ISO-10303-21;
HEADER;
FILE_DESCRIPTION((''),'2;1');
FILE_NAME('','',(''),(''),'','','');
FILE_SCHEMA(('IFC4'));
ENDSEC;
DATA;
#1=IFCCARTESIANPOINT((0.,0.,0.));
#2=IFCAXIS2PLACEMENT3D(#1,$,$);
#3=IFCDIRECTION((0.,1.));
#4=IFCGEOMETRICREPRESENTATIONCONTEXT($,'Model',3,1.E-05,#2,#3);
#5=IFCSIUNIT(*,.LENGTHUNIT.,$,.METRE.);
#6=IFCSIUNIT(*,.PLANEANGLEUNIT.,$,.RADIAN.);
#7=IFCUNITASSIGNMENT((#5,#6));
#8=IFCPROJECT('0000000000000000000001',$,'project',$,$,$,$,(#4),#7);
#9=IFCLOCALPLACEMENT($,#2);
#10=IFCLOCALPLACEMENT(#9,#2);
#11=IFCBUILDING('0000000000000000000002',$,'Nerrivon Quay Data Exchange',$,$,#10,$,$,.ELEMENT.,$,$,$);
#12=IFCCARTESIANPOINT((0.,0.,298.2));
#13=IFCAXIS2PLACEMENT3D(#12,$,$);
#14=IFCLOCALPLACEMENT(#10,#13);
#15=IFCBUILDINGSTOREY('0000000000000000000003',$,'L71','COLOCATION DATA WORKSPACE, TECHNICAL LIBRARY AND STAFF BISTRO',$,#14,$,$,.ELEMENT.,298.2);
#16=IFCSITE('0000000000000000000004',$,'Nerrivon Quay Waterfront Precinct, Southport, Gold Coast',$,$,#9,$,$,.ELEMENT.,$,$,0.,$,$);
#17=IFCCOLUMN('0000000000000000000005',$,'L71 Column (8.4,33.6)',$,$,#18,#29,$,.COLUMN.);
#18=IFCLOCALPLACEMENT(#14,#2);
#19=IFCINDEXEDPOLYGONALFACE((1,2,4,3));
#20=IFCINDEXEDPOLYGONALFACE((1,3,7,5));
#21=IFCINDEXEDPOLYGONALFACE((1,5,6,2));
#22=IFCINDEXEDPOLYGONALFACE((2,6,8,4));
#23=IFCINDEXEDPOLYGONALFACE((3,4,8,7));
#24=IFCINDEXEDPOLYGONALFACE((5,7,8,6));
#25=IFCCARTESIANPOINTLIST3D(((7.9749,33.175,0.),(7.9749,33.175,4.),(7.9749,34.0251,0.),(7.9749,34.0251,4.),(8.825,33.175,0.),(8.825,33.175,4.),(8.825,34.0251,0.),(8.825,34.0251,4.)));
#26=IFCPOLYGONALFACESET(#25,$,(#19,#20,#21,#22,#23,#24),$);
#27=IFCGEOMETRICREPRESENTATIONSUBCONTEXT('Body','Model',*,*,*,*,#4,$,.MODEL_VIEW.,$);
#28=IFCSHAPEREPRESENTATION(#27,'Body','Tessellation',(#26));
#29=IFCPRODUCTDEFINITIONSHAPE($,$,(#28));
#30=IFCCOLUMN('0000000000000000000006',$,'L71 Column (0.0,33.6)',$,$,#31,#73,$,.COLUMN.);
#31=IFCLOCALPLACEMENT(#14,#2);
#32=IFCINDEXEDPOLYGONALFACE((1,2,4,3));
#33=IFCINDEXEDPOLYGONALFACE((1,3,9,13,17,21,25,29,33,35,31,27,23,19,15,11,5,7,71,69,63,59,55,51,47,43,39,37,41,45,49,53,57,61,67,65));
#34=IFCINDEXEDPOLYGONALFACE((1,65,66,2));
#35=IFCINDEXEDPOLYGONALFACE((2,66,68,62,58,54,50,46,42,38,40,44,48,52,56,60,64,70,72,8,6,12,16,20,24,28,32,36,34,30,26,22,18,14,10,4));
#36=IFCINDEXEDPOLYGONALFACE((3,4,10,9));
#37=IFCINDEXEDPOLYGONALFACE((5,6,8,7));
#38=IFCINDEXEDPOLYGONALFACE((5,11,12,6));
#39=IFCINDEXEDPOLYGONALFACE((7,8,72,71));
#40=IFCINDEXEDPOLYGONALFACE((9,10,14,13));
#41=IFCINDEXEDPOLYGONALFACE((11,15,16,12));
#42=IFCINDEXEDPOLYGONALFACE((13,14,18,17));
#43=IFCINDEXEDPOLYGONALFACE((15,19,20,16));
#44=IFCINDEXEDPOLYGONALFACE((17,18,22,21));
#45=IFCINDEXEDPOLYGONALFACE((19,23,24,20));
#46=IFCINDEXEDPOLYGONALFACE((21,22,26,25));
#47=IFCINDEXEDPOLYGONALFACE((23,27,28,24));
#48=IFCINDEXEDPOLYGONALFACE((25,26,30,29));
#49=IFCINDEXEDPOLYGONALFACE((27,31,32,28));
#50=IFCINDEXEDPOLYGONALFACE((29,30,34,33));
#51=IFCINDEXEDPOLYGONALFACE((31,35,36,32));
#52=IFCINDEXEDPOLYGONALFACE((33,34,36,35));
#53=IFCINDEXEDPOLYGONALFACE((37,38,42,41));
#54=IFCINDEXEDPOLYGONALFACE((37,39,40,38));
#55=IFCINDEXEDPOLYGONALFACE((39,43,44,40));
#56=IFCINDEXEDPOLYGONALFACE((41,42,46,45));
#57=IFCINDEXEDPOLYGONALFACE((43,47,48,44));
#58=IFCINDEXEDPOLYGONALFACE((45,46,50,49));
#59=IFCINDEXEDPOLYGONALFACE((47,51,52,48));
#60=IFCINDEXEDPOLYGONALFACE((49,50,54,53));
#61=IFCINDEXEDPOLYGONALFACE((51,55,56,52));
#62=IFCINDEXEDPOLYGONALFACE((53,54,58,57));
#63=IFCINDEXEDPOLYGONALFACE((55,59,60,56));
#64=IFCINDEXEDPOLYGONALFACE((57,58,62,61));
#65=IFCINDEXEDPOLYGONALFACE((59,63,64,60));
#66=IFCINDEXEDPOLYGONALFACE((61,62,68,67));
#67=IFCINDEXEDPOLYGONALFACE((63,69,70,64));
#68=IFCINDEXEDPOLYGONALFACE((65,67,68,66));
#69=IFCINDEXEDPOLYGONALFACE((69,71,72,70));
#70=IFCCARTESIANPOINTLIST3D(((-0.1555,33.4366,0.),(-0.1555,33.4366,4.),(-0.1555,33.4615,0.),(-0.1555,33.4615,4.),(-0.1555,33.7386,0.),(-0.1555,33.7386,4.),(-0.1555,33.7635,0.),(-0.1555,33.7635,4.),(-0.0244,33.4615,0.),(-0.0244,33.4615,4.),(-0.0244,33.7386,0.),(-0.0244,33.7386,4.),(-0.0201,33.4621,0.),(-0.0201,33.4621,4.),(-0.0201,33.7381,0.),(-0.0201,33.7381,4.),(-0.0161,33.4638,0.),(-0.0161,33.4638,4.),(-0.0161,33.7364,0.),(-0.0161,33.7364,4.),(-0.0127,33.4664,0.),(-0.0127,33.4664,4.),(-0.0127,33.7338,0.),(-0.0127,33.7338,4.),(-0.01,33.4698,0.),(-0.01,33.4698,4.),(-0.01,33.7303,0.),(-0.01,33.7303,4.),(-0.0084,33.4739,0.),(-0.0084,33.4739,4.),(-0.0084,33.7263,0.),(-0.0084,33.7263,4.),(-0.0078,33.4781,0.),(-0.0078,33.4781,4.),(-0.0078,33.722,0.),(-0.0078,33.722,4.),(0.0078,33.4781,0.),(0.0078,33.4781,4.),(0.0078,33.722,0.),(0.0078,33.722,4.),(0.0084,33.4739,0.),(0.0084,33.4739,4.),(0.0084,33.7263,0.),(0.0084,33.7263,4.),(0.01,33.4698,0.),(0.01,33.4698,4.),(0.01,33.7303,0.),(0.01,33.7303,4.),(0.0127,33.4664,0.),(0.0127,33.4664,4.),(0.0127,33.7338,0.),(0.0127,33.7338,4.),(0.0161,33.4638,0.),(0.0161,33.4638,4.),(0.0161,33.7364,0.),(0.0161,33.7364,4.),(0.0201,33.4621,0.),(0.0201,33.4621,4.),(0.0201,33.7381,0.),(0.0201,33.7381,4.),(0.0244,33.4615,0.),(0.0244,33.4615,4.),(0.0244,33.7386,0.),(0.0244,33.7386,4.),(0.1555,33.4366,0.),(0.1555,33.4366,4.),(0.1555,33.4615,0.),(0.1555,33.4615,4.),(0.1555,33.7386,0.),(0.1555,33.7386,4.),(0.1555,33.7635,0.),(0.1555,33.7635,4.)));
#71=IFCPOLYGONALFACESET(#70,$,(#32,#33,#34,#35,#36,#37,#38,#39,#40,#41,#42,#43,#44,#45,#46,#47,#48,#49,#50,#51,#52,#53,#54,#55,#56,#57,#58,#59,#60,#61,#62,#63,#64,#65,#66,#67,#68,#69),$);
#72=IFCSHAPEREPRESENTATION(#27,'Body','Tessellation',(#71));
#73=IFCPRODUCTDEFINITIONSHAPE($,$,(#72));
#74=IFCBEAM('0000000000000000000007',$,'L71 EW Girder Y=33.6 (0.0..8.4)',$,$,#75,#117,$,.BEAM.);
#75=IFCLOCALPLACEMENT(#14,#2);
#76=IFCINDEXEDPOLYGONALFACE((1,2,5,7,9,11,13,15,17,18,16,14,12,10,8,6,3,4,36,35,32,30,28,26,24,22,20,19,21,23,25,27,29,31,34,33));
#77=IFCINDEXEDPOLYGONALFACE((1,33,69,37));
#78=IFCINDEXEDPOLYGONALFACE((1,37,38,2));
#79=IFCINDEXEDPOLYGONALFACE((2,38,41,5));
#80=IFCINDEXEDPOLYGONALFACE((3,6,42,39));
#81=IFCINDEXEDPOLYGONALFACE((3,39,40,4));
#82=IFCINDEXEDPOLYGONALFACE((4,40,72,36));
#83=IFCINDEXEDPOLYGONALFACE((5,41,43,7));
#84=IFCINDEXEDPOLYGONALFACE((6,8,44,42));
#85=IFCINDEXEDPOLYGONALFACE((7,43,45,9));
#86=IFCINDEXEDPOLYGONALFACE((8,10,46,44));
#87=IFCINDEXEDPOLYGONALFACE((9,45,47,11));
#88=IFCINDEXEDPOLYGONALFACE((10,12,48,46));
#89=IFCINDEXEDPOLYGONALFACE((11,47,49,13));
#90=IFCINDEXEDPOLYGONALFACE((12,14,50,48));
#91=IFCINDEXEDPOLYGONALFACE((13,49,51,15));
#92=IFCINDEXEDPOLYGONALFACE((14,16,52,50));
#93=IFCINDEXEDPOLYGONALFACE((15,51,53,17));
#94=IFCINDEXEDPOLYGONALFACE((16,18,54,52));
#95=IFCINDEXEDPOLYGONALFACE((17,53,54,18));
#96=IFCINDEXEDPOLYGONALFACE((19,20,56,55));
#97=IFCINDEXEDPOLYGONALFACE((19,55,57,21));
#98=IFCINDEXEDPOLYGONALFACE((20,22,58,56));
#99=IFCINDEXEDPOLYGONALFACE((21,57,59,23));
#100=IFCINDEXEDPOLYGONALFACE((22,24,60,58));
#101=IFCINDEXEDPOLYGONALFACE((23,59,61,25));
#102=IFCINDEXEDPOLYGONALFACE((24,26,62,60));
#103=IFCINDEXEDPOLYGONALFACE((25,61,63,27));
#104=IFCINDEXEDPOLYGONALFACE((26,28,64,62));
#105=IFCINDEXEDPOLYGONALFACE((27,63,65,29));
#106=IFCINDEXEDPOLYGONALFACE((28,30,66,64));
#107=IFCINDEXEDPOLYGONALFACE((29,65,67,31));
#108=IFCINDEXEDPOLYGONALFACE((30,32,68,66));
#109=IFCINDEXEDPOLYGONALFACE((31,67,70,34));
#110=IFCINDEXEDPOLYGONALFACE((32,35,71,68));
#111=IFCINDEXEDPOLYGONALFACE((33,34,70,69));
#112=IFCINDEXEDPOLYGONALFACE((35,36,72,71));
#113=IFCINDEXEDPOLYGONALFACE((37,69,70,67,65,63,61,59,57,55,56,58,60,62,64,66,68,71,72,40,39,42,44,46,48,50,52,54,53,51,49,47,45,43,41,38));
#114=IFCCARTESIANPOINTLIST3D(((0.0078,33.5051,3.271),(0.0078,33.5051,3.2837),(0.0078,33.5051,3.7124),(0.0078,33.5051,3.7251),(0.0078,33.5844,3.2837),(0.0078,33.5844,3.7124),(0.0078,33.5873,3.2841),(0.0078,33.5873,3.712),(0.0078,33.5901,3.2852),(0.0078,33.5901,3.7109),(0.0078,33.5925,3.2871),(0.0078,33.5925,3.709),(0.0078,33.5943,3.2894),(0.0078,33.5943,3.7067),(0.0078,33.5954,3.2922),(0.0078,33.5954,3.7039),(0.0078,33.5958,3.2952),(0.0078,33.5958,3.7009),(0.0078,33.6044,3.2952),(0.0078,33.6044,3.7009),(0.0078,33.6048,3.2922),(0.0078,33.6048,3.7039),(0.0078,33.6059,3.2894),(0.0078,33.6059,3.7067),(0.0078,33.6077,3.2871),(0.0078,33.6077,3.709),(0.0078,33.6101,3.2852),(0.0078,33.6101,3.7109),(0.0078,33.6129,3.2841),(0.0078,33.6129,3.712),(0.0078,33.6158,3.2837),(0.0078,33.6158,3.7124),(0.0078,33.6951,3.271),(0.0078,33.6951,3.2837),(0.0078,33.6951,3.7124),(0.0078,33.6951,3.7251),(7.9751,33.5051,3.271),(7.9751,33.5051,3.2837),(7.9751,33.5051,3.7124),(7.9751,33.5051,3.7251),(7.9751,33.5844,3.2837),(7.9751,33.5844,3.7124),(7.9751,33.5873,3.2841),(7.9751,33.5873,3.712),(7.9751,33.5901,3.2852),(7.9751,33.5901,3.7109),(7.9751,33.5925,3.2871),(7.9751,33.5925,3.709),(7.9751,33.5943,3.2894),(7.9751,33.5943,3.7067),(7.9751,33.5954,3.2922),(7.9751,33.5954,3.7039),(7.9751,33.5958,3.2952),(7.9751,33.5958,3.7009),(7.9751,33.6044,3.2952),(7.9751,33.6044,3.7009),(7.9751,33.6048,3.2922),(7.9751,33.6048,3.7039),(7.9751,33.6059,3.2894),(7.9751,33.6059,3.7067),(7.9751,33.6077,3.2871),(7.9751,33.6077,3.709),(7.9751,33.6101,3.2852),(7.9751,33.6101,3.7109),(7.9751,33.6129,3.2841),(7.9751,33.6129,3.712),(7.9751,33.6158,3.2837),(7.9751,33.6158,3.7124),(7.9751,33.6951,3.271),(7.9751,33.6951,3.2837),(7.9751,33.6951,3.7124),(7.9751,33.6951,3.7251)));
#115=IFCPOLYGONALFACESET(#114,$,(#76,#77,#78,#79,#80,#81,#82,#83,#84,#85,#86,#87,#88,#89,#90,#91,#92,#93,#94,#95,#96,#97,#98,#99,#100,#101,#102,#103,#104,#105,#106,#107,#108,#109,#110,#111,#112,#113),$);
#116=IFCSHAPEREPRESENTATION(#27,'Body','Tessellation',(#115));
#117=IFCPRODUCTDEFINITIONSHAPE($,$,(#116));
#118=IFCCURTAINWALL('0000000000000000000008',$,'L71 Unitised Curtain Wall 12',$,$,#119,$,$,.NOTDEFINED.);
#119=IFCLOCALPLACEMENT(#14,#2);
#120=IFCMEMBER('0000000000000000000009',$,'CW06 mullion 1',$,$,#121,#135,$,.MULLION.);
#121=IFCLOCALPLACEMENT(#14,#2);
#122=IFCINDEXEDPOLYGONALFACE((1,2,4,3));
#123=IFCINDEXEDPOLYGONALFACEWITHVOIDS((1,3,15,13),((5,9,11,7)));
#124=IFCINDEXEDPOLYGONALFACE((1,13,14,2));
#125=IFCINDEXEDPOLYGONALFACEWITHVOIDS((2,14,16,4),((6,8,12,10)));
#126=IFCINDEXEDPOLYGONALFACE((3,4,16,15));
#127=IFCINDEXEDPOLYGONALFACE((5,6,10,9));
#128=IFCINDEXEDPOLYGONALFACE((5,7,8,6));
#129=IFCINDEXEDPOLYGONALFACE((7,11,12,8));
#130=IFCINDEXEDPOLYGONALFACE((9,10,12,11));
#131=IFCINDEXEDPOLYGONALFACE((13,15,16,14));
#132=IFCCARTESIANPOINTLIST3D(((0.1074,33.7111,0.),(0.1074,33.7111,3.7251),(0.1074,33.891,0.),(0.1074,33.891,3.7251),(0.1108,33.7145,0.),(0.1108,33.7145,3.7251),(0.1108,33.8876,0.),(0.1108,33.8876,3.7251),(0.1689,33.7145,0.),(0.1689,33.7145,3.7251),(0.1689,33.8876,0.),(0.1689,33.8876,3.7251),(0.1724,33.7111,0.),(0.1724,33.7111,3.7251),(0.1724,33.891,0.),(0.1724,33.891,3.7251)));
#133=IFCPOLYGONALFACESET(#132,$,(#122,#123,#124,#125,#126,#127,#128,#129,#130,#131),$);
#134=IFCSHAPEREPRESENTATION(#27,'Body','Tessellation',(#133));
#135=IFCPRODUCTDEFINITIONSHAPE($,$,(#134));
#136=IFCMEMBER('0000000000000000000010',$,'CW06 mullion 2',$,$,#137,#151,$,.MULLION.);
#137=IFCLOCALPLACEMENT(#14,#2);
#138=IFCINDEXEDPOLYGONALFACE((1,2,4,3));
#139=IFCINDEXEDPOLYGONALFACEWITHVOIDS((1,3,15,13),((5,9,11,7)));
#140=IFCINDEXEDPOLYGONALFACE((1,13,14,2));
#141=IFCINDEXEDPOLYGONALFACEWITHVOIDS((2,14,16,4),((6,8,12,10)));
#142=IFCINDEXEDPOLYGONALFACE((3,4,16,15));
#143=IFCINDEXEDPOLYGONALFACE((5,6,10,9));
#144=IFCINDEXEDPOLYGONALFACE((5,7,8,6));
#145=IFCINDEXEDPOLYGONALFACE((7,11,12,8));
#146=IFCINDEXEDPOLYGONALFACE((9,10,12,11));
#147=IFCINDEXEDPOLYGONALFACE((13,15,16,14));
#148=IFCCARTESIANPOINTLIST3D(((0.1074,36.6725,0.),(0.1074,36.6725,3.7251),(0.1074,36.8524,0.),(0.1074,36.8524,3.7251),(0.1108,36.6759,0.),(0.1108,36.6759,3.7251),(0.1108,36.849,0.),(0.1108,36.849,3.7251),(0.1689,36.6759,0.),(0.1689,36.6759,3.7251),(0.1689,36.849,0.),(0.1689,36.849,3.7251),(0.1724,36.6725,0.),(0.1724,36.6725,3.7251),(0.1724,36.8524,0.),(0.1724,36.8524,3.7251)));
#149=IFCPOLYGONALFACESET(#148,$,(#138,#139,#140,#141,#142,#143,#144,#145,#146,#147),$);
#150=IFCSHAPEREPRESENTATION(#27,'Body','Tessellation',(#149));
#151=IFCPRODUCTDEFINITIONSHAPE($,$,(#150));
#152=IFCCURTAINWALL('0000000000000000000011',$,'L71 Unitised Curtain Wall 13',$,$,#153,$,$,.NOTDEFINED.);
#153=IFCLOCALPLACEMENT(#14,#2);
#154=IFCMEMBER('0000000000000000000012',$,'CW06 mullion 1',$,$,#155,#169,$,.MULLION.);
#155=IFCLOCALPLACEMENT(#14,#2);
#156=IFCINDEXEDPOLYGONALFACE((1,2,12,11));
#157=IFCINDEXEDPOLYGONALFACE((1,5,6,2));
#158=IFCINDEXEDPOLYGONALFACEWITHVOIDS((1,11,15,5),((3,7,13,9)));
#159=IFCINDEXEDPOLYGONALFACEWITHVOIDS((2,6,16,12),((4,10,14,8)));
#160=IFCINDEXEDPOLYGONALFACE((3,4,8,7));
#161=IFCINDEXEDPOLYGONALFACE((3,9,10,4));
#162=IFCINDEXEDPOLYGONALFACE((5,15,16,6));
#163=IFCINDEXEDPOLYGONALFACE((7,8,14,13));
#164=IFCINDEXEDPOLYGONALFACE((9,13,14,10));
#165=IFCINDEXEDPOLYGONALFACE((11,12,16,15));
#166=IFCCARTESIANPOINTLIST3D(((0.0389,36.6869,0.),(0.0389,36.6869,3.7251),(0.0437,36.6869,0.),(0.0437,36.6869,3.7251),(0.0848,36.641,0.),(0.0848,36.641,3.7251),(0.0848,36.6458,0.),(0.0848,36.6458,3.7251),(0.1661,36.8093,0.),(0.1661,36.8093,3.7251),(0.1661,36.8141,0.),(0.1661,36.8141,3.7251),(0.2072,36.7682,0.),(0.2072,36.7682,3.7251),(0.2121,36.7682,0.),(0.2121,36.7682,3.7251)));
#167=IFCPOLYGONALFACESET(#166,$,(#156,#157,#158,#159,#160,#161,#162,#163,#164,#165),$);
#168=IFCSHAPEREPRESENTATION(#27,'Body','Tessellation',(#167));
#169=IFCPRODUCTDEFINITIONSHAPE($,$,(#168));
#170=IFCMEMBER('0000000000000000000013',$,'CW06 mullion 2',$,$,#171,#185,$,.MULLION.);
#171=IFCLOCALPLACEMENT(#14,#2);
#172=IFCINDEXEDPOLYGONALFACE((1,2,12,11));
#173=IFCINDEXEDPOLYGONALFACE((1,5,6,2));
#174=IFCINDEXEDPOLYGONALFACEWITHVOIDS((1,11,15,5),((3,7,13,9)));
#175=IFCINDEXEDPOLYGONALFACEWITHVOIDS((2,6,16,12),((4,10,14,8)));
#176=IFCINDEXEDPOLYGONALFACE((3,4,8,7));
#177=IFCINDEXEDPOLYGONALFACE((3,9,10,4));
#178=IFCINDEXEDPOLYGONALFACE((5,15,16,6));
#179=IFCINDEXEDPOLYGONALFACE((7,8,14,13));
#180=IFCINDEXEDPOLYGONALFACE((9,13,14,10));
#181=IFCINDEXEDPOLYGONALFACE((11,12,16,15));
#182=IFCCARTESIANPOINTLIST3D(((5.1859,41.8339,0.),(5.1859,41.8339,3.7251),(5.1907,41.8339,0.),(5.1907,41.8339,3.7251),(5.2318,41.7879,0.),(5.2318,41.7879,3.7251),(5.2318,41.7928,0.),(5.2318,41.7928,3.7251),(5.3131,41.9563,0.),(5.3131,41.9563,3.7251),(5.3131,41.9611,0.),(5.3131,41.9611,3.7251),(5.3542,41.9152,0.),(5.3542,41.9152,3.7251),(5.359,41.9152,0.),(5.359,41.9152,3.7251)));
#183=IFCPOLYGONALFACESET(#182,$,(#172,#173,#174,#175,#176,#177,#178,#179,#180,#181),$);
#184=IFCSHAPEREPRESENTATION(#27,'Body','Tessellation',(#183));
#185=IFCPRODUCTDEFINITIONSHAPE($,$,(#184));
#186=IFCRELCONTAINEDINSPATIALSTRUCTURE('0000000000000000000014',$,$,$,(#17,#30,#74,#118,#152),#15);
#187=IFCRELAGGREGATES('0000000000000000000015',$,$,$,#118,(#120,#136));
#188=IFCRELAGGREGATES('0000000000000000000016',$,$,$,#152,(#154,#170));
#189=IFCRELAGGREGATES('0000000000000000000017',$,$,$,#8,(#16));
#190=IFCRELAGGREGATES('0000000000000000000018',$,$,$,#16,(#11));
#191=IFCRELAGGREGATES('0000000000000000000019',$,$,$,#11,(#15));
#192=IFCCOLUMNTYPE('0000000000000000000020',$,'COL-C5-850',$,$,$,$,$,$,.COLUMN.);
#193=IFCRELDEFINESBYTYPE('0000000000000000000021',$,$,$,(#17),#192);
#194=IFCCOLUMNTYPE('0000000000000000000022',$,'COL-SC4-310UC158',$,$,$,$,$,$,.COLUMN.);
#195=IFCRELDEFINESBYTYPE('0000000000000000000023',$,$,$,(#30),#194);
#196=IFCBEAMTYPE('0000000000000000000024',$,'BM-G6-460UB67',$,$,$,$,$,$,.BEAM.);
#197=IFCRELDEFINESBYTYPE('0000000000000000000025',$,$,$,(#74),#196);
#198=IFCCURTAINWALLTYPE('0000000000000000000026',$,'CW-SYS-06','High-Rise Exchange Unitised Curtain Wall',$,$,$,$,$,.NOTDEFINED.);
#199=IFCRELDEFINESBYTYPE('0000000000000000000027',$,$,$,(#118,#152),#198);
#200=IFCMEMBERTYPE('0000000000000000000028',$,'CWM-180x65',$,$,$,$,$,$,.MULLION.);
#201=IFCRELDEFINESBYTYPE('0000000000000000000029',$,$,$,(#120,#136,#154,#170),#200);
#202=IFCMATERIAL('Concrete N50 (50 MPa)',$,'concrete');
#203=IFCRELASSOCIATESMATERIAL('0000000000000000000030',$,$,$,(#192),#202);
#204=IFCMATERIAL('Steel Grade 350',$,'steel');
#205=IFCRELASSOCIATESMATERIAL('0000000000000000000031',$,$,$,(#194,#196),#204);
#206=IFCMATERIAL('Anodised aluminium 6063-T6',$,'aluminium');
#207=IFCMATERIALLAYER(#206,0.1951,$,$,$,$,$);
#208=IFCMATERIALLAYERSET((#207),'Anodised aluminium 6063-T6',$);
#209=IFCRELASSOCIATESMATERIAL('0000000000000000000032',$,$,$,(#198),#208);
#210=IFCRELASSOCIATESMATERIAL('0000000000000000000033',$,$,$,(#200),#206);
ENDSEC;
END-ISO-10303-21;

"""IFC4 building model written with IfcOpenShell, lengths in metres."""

from ifc_helpers import new_model, si_unit, direction, frame, origin, origin_2d, place, context, subcontext, project, spatial, rectangle, hollow_rectangle, i_section, extrude, material, layer, layer_set, material_profile, profile_set, type_object, element, aggregate, save


model = new_model("IFC4")

# Units and contexts
model_context = context("Model", 3, precision=1e-05, world=origin(), true_north=direction((0.0, 1.0)))
body_context = subcontext(model_context, "Body", "Model", "MODEL_VIEW")
ifc_project = project(units=[si_unit("LENGTHUNIT", "METRE"), si_unit("PLANEANGLEUNIT", "RADIAN")], contexts=[model_context])

# Site, building, storey
site_placement = place(None, origin())
site = spatial("IfcSite", under=ifc_project, at=site_placement, Name="Nerrivon Quay Waterfront Precinct, Southport, Gold Coast", CompositionType="ELEMENT", RefElevation=0.0)
building_placement = place(site_placement, origin())
building = spatial("IfcBuilding", under=site, at=building_placement, Name="Nerrivon Quay Data Exchange", CompositionType="ELEMENT")
storey_placement = place(building_placement, frame((0.0, 0.0, 298.2)))
storey = spatial("IfcBuildingStorey", under=building, at=storey_placement, Name="L71", Description="COLOCATION DATA WORKSPACE, TECHNICAL LIBRARY AND STAFF BISTRO", CompositionType="ELEMENT", Elevation=298.2)

# Columns
ifc_material_1 = material(Name="Concrete N50 (50 MPa)", Category="concrete")
ifc_material_profile_1 = material_profile(ifc_material_1, rectangle(XDim=0.8501, YDim=0.8501, at=origin_2d()), Name="RC-COL-850x850")
ifc_profile_set_1 = profile_set([ifc_material_profile_1], Name="Concrete N50 (50 MPa)")
column_type_1 = type_object("IfcColumnType", Name="COL-C5-850", PredefinedType="COLUMN", material=ifc_profile_set_1)
column_1_placement = place(storey_placement, frame((8.3999, 33.6001, 0.0), z_axis=(0.0, 0.0, 1.0), x_axis=(1.0, 0.0, 0.0)))
element("IfcColumn", 1, at=column_1_placement, inside=storey, type_object=column_type_1, Name="L71 Column (8.4,33.6)", PredefinedType="COLUMN", context=body_context, shape_type="SweptSolid", body=[
    extrude(rectangle(XDim=0.8501, YDim=0.8501, at=origin_2d()), origin(), (0.0, 0.0, 1.0), 4.0),
])
ifc_material_2 = material(Name="Steel Grade 350", Category="steel")
ifc_material_profile_2 = material_profile(ifc_material_2, i_section(OverallWidth=0.311, OverallDepth=0.3269, WebThickness=0.0156, FlangeThickness=0.0249, FilletRadius=0.0166, at=origin_2d()), Name="310UC158")
ifc_profile_set_2 = profile_set([ifc_material_profile_2], Name="Steel Grade 350")
column_type_2 = type_object("IfcColumnType", Name="COL-SC4-310UC158", PredefinedType="COLUMN", material=ifc_profile_set_2)
column_2_placement = place(storey_placement, frame((0.0, 33.6001, 0.0), z_axis=(0.0, 0.0, 1.0), x_axis=(1.0, 0.0, 0.0)))
element("IfcColumn", 2, at=column_2_placement, inside=storey, type_object=column_type_2, Name="L71 Column (0.0,33.6)", PredefinedType="COLUMN", context=body_context, shape_type="SweptSolid", body=[
    extrude(i_section(OverallWidth=0.311, OverallDepth=0.3269, WebThickness=0.0156, FlangeThickness=0.0249, FilletRadius=0.0166, at=origin_2d()), origin(), (0.0, 0.0, 1.0), 4.0),
])

# Beam
ifc_material_profile_3 = material_profile(ifc_material_2, i_section(OverallWidth=0.1899, OverallDepth=0.4541, WebThickness=0.0085, FlangeThickness=0.0127, FilletRadius=0.0115, at=origin_2d()), Name="460UB67.1")
ifc_profile_set_3 = profile_set([ifc_material_profile_3], Name="Steel Grade 350")
beam_type = type_object("IfcBeamType", Name="BM-G6-460UB67", PredefinedType="BEAM", material=ifc_profile_set_3)
beam_placement = place(storey_placement, frame((0.0078, 33.6001, 3.498), z_axis=(1.0, 0.0, 0.0), x_axis=(0.0, 1.0, 0.0)))
element("IfcBeam", 3, at=beam_placement, inside=storey, type_object=beam_type, Name="L71 EW Girder Y=33.6 (0.0..8.4)", PredefinedType="BEAM", context=body_context, shape_type="SweptSolid", body=[
    extrude(i_section(OverallWidth=0.1899, OverallDepth=0.4541, WebThickness=0.0085, FlangeThickness=0.0127, FilletRadius=0.0115, at=origin_2d()), origin(), (0.0, 0.0, 1.0), 7.9673),
])

# Curtain walls, members
ifc_material_3 = material(Name="Anodised aluminium 6063-T6", Category="aluminium")
ifc_layer_1 = layer(ifc_material_3, 0.1951)
ifc_layer_set_1 = layer_set([ifc_layer_1], Name="Anodised aluminium 6063-T6")
curtain_wall_type = type_object("IfcCurtainWallType", Name="CW-SYS-06", Description="High-Rise Exchange Unitised Curtain Wall", PredefinedType="NOTDEFINED", material=ifc_layer_set_1)
curtain_wall_1_placement = place(storey_placement, origin())
curtain_wall_1 = element("IfcCurtainWall", 4, at=curtain_wall_1_placement, inside=storey, type_object=curtain_wall_type, Name="L71 Unitised Curtain Wall 12", PredefinedType="NOTDEFINED")
ifc_material_profile_4 = material_profile(ifc_material_3, hollow_rectangle(XDim=0.0649, YDim=0.1799, WallThickness=0.0034, at=origin_2d()), Name="ALU-MULL-180x65")
ifc_profile_set_4 = profile_set([ifc_material_profile_4], Name="Anodised aluminium 6063-T6")
member_type_1 = type_object("IfcMemberType", Name="CWM-180x65", PredefinedType="MULLION", material=ifc_profile_set_4)
member_1_placement = place(storey_placement, frame((0.1399, 33.801, 0.0), z_axis=(0.0, 0.0, 1.0), x_axis=(-1.0, 0.0, 0.0)))
member_1 = element("IfcMember", 5, at=member_1_placement, type_object=member_type_1, Name="CW06 mullion 1", PredefinedType="MULLION", context=body_context, shape_type="SweptSolid", body=[
    extrude(hollow_rectangle(XDim=0.0649, YDim=0.1799, WallThickness=0.0034, at=origin_2d()), origin(), (0.0, 0.0, 1.0), 3.7251),
])
member_2_placement = place(storey_placement, frame((0.1399, 36.7625, 0.0), z_axis=(0.0, 0.0, 1.0), x_axis=(-1.0, 0.0, 0.0)))
member_2 = element("IfcMember", 6, at=member_2_placement, type_object=member_type_1, Name="CW06 mullion 2", PredefinedType="MULLION", context=body_context, shape_type="SweptSolid", body=[
    extrude(hollow_rectangle(XDim=0.0649, YDim=0.1799, WallThickness=0.0034, at=origin_2d()), origin(), (0.0, 0.0, 1.0), 3.7251),
])
curtain_wall_2_placement = place(storey_placement, origin())
curtain_wall_2 = element("IfcCurtainWall", 7, at=curtain_wall_2_placement, inside=storey, type_object=curtain_wall_type, Name="L71 Unitised Curtain Wall 13", PredefinedType="NOTDEFINED")
member_3_placement = place(storey_placement, frame((0.1255, 36.7275, 0.0), z_axis=(0.0, 0.0, 1.0), x_axis=(-0.707107, 0.707107, 0.0)))
member_3 = element("IfcMember", 8, at=member_3_placement, type_object=member_type_1, Name="CW06 mullion 1", PredefinedType="MULLION", context=body_context, shape_type="SweptSolid", body=[
    extrude(hollow_rectangle(XDim=0.0649, YDim=0.1799, WallThickness=0.0034, at=origin_2d()), origin(), (0.0, 0.0, 1.0), 3.7251),
])
member_4_placement = place(storey_placement, frame((5.2725, 41.8745, 0.0), z_axis=(0.0, 0.0, 1.0), x_axis=(-0.707107, 0.707107, 0.0)))
member_4 = element("IfcMember", 9, at=member_4_placement, type_object=member_type_1, Name="CW06 mullion 2", PredefinedType="MULLION", context=body_context, shape_type="SweptSolid", body=[
    extrude(hollow_rectangle(XDim=0.0649, YDim=0.1799, WallThickness=0.0034, at=origin_2d()), origin(), (0.0, 0.0, 1.0), 3.7251),
])

aggregate(curtain_wall_1, [member_1, member_2])
aggregate(curtain_wall_2, [member_3, member_4])

save(model, "model.ifc")
